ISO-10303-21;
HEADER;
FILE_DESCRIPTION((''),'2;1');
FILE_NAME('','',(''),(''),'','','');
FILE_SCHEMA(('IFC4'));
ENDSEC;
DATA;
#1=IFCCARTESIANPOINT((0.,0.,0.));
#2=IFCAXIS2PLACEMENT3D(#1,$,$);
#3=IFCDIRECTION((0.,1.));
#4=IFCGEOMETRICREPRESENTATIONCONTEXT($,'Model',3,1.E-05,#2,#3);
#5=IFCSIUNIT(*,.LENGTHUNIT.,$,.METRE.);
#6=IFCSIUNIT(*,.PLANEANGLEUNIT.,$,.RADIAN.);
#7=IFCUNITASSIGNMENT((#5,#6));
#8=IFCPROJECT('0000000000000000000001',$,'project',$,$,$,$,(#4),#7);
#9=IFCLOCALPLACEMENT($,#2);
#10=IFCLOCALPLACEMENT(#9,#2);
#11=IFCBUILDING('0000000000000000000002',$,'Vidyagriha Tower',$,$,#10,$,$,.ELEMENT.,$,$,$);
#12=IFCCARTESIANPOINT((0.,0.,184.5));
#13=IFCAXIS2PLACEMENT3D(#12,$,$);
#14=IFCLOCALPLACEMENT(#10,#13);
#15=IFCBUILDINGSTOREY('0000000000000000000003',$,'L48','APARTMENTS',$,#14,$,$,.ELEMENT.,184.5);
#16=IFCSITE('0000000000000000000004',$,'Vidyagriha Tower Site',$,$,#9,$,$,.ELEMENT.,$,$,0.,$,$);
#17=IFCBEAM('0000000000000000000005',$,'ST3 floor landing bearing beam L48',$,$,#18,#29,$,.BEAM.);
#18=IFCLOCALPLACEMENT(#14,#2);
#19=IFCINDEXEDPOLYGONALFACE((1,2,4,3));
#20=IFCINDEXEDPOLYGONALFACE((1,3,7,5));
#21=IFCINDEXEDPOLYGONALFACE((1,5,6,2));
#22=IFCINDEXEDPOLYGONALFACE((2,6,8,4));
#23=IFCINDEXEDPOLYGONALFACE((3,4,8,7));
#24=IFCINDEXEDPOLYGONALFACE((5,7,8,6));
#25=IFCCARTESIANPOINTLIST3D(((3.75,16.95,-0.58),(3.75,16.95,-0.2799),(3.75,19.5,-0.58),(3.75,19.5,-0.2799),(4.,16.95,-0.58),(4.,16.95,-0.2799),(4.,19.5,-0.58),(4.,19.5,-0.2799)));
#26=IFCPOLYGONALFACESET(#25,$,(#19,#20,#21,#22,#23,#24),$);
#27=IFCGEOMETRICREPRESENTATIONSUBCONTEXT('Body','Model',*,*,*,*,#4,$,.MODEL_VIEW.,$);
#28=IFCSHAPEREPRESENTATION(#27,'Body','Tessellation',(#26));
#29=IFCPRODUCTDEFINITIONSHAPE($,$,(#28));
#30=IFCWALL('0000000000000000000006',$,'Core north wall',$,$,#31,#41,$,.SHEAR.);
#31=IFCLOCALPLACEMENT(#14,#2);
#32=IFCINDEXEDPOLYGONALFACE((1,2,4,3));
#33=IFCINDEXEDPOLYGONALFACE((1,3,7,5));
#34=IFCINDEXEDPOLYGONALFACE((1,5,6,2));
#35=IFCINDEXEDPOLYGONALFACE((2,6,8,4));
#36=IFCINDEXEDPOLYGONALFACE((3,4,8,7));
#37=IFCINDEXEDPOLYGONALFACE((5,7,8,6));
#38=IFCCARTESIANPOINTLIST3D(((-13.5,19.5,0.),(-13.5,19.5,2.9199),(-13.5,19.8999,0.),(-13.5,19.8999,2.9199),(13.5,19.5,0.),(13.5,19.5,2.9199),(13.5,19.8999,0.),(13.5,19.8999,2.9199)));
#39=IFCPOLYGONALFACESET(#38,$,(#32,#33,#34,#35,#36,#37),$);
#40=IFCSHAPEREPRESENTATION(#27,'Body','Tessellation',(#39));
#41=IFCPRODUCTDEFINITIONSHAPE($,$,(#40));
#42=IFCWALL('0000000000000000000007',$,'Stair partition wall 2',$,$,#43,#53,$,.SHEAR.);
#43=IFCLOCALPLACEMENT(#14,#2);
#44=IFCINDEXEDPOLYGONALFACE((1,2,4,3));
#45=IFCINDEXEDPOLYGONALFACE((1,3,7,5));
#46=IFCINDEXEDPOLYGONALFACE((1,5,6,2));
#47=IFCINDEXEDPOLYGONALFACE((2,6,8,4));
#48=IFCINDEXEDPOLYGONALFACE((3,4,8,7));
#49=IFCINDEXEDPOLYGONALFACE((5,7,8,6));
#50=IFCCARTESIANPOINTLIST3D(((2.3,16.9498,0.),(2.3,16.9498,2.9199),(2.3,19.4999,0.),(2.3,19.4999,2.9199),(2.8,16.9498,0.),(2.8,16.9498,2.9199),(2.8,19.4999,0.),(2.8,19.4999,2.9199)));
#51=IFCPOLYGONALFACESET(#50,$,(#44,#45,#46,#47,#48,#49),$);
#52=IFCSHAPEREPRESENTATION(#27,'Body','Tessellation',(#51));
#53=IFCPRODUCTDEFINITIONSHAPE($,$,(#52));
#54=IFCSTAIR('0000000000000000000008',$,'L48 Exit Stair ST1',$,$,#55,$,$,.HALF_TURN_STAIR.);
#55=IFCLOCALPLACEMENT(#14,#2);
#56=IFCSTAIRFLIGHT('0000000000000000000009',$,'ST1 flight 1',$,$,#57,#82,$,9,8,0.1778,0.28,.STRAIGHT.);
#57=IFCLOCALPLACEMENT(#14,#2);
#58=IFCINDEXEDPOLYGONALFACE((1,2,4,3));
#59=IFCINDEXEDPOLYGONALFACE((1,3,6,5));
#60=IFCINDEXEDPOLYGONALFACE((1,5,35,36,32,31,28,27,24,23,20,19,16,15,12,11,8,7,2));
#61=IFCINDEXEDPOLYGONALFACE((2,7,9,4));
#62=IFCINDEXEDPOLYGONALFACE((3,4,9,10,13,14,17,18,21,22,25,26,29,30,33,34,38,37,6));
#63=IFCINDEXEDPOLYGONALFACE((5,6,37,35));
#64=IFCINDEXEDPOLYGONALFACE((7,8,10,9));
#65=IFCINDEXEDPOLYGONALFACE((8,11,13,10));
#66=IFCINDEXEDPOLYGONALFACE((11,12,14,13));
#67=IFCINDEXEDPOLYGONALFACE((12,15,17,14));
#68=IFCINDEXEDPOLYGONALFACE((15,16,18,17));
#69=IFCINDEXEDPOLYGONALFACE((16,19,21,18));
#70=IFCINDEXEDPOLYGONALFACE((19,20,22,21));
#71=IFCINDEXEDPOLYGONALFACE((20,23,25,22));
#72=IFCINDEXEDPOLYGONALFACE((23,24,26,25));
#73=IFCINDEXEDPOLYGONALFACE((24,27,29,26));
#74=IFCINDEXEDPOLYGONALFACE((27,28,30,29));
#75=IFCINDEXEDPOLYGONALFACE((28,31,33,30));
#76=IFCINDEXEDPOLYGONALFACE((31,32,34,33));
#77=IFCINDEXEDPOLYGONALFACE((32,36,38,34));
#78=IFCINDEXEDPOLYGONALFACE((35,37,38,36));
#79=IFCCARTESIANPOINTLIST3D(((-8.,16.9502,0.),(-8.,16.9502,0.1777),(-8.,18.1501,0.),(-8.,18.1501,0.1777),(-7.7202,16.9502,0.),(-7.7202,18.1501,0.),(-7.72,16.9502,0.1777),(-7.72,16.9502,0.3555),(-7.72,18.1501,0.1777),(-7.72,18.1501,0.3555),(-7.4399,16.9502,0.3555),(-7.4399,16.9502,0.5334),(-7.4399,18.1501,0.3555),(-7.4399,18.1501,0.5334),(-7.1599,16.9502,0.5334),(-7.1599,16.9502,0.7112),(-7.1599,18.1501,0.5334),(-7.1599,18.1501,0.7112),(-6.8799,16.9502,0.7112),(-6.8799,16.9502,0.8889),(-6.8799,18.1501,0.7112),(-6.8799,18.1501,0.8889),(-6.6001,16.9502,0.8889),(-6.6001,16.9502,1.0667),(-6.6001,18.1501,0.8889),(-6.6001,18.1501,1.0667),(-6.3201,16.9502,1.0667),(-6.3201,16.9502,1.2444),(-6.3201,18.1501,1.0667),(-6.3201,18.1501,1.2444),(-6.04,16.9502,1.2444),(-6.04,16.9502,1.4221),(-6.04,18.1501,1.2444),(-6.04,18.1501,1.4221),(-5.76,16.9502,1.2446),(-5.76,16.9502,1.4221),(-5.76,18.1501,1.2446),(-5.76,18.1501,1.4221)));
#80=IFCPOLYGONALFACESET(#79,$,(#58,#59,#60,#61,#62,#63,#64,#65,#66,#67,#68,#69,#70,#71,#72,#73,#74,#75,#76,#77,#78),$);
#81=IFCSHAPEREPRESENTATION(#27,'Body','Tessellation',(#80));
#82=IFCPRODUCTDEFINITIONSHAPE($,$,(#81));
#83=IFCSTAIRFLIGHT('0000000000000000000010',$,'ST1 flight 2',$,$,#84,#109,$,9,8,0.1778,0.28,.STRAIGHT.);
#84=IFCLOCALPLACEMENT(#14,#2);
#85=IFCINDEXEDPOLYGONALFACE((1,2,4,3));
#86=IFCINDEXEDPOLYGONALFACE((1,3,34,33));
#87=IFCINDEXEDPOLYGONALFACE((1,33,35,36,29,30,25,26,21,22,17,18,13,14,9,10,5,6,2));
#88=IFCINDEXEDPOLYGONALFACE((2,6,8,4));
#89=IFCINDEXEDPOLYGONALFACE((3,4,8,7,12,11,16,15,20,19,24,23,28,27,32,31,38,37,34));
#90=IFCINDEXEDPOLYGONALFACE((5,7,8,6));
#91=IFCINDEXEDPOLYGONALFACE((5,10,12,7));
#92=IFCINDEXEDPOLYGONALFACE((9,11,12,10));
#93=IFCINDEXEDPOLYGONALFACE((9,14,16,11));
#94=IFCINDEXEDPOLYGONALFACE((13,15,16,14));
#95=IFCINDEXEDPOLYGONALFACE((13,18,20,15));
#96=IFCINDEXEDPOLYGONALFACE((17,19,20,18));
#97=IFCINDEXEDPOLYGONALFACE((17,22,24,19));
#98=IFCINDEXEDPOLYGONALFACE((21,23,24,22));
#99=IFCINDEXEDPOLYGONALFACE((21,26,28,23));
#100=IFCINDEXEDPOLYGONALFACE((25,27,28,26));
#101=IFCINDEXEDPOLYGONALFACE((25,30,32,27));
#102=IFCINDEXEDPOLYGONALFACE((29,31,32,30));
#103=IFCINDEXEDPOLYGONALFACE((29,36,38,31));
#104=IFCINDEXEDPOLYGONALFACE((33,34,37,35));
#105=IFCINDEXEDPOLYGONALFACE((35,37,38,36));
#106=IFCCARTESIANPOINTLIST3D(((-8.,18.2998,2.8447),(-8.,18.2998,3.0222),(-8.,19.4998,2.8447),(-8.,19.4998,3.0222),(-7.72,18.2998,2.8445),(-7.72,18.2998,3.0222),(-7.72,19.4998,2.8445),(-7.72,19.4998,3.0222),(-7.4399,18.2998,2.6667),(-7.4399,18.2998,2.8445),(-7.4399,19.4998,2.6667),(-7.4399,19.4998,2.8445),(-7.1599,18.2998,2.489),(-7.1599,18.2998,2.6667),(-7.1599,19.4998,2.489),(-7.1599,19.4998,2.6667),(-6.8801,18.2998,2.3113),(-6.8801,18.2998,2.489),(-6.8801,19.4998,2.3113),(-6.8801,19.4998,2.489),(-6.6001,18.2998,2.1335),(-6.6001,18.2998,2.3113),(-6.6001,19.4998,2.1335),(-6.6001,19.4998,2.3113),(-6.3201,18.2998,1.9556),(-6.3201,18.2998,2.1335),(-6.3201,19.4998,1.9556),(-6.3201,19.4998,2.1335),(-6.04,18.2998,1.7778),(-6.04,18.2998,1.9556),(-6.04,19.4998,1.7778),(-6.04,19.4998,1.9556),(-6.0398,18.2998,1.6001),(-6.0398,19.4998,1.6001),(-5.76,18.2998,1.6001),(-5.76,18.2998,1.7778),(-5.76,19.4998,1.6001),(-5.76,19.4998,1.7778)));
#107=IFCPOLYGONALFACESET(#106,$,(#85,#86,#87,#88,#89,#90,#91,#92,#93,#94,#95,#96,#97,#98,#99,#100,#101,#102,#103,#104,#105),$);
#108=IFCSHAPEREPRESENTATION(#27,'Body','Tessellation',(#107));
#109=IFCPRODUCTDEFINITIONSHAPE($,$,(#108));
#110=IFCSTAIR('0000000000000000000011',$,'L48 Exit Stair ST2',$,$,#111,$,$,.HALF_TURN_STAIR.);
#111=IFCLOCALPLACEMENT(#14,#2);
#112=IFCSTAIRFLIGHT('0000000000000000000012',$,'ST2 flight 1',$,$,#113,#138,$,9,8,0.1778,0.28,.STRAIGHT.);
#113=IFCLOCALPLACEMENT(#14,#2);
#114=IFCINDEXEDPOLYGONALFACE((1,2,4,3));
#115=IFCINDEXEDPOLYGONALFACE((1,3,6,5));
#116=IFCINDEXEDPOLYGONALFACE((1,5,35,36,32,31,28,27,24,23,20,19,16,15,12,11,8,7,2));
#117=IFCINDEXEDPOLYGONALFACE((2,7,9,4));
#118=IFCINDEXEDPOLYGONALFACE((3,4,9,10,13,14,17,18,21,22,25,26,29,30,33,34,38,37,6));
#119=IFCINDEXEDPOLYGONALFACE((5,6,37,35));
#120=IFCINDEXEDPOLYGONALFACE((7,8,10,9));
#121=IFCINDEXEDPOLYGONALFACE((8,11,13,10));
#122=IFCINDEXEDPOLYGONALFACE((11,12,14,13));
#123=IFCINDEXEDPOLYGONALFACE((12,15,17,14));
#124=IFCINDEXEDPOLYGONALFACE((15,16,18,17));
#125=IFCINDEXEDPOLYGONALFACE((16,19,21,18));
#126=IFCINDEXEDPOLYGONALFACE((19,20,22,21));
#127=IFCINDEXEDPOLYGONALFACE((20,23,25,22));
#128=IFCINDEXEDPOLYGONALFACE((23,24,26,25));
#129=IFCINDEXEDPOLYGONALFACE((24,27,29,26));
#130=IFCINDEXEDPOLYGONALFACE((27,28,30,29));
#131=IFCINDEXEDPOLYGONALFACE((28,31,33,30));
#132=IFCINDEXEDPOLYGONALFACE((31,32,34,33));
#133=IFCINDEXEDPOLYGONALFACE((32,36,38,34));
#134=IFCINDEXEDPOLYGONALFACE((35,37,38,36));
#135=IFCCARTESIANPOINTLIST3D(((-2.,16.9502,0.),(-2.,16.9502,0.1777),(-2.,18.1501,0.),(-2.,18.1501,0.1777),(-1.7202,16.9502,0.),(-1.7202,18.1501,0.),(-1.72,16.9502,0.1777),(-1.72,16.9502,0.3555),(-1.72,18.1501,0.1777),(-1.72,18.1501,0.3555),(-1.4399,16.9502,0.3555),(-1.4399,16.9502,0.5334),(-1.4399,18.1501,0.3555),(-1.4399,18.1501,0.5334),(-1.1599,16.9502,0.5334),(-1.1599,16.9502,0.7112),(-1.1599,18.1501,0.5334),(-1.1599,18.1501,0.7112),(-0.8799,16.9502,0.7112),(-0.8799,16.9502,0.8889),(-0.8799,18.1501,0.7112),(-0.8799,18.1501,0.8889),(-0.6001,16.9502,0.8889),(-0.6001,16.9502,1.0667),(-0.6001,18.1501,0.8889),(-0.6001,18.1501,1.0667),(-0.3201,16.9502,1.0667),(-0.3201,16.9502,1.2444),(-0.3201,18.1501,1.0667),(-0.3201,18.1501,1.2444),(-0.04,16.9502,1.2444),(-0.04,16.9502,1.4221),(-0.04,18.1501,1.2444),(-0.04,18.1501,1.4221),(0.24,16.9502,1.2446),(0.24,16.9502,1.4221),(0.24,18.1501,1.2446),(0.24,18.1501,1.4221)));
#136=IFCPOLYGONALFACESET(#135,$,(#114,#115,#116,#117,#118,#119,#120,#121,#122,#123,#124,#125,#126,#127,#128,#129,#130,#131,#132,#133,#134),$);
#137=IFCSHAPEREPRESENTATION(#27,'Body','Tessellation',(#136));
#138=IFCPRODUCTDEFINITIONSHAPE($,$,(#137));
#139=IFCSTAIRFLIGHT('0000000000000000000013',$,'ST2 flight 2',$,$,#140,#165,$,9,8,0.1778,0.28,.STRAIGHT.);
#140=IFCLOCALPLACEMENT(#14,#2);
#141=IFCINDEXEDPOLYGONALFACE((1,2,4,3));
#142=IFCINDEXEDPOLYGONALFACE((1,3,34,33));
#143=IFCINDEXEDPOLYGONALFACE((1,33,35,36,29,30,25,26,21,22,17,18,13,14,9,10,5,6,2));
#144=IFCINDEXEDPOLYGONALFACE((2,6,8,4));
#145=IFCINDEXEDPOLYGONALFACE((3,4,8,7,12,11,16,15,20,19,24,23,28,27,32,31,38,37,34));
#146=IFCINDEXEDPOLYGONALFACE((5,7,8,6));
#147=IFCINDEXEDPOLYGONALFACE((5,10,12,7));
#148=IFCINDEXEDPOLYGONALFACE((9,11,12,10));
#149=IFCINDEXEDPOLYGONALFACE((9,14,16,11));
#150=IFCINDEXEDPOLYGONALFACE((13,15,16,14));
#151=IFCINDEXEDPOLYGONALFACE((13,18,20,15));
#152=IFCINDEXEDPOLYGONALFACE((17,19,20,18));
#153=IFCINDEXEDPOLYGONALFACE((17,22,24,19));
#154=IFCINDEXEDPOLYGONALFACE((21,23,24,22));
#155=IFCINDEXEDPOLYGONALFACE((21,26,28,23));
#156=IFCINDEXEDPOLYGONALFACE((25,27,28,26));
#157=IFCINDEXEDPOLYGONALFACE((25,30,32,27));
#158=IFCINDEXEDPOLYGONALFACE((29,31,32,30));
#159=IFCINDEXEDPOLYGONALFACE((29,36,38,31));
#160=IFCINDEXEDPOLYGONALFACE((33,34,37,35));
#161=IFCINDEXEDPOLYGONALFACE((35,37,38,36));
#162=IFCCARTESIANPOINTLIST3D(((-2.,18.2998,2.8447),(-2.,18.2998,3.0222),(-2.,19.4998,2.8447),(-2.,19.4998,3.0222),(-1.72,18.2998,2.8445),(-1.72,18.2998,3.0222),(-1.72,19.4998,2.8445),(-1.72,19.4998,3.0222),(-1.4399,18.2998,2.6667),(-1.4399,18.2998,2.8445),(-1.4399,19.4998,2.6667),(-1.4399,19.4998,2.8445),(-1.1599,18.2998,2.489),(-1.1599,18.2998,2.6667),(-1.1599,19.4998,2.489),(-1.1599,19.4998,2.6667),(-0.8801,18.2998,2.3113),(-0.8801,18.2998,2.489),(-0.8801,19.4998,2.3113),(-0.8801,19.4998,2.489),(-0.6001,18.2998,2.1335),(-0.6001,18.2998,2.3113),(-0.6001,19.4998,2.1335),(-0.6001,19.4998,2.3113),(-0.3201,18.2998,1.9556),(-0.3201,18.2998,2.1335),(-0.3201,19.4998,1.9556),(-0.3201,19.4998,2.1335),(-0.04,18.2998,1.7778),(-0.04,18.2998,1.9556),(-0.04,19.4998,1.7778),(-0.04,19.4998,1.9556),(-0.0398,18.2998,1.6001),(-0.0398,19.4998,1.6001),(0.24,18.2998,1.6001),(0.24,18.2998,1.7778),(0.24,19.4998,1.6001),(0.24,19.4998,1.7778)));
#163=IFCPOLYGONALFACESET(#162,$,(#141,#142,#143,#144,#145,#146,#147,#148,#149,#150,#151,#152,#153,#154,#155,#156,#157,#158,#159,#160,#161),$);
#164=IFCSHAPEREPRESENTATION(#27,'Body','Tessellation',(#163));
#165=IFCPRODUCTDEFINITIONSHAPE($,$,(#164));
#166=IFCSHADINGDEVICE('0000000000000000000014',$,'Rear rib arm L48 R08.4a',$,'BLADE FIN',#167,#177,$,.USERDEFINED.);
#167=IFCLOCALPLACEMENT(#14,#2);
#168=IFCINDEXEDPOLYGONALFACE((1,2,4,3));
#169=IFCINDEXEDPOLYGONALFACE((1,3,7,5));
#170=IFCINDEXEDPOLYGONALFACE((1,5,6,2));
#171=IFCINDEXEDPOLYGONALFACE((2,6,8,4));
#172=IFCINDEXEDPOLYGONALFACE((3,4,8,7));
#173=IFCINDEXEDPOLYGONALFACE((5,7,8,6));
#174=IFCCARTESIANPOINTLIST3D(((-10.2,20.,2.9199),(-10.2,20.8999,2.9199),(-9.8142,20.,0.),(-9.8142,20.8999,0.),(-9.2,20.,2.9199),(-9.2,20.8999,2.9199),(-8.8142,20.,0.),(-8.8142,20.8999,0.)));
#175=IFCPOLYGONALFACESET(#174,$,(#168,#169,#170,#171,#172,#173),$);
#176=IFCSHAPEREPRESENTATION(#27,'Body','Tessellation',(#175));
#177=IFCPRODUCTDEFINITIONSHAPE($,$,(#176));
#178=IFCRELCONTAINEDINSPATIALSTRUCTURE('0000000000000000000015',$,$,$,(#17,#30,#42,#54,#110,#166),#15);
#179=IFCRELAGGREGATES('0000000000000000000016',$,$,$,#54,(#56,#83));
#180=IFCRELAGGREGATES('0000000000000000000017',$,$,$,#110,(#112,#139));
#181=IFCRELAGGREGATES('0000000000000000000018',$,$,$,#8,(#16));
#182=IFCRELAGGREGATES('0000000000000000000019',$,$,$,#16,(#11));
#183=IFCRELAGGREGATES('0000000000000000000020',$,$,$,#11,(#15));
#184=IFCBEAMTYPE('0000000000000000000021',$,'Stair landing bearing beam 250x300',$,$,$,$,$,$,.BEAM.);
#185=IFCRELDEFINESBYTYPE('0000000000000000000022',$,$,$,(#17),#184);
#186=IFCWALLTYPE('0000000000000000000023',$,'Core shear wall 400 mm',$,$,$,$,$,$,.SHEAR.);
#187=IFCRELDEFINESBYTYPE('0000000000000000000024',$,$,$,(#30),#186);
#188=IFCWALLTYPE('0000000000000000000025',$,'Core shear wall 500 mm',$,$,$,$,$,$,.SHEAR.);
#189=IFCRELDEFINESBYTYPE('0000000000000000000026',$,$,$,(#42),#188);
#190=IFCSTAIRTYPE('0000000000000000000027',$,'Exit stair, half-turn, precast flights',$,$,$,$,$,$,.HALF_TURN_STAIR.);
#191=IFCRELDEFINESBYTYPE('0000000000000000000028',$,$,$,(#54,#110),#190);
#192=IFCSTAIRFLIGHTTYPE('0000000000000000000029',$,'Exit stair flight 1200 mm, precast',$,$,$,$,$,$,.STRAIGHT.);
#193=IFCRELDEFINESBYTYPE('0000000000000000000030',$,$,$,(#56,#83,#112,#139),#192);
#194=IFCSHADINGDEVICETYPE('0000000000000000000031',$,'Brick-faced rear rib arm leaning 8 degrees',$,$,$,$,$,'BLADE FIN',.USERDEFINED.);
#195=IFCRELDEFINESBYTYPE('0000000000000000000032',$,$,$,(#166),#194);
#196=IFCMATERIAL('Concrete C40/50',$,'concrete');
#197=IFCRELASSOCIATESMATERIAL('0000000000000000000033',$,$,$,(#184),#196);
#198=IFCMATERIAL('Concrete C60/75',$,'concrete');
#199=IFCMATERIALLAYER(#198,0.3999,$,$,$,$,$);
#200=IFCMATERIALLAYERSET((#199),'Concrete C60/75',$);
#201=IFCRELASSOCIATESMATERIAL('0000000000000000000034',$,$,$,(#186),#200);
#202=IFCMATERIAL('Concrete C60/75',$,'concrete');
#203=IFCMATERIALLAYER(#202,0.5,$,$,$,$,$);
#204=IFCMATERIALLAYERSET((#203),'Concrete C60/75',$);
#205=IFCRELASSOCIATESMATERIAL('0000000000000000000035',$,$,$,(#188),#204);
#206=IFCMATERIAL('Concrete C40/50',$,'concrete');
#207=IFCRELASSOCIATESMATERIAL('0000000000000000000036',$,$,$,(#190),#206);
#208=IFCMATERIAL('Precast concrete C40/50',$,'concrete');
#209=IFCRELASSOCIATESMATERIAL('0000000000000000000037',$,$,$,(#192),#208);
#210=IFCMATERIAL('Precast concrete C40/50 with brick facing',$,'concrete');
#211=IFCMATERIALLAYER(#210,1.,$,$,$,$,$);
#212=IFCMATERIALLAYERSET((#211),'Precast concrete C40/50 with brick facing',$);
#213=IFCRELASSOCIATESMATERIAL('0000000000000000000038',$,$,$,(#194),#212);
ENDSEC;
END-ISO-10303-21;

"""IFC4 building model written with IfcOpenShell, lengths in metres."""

from ifc_helpers import new_model, si_unit, direction, frame, frame_2d, origin, origin_2d, place, context, subcontext, project, spatial, polyline, rectangle, outline, extrude, material, layer, layer_set, material_profile, profile_set, type_object, element, aggregate, save


model = new_model("IFC4")

# Units and contexts
model_context = context("Model", 3, precision=1e-05, world=origin(), true_north=direction((0.0, 1.0)))
body_context = subcontext(model_context, "Body", "Model", "MODEL_VIEW")
ifc_project = project(units=[si_unit("LENGTHUNIT", "METRE"), si_unit("PLANEANGLEUNIT", "RADIAN")], contexts=[model_context])

# Site, building, storey
site_placement = place(None, origin())
site = spatial("IfcSite", under=ifc_project, at=site_placement, Name="Vidyagriha Tower Site", CompositionType="ELEMENT", RefElevation=0.0)
building_placement = place(site_placement, origin())
building = spatial("IfcBuilding", under=site, at=building_placement, Name="Vidyagriha Tower", CompositionType="ELEMENT")
storey_placement = place(building_placement, frame((0.0, 0.0, 184.5)))
storey = spatial("IfcBuildingStorey", under=building, at=storey_placement, Name="L48", Description="APARTMENTS", CompositionType="ELEMENT", Elevation=184.5)

# Beam
ifc_material_1 = material(Name="Concrete C40/50", Category="concrete")
ifc_material_profile = material_profile(ifc_material_1, rectangle(XDim=0.25, YDim=0.3, at=origin_2d()), Name="Stair landing bearing beam 250x300")
ifc_profile_set = profile_set([ifc_material_profile], Name="Concrete C40/50")
beam_type = type_object("IfcBeamType", Name="Stair landing bearing beam 250x300", PredefinedType="BEAM", material=ifc_profile_set)
beam_placement = place(storey_placement, frame((3.875, 16.95, -0.4299), z_axis=(0.0, 1.0, 0.0), x_axis=(-1.0, 0.0, 0.0)))
element("IfcBeam", 1, at=beam_placement, inside=storey, type_object=beam_type, Name="ST3 floor landing bearing beam L48", PredefinedType="BEAM", context=body_context, shape_type="SweptSolid", body=[
    extrude(rectangle(XDim=0.25, YDim=0.3, at=origin_2d()), origin(), (0.0, 0.0, 1.0), 2.55),
])

# Walls
ifc_material_2 = material(Name="Concrete C60/75", Category="concrete")
ifc_layer_1 = layer(ifc_material_2, 0.3999)
ifc_layer_set_1 = layer_set([ifc_layer_1], Name="Concrete C60/75")
wall_type_1 = type_object("IfcWallType", Name="Core shear wall 400 mm", PredefinedType="SHEAR", material=ifc_layer_set_1)
wall_1_placement = place(storey_placement, frame((-13.5, 19.7, 0.0)))
element("IfcWall", 2, at=wall_1_placement, inside=storey, type_object=wall_type_1, Name="Core north wall", PredefinedType="SHEAR", context=body_context, shape_type="SweptSolid", body=[
    extrude(rectangle(XDim=27.0, YDim=0.3999, at=frame_2d((13.5, 0.0))), origin(), (0.0, 0.0, 1.0), 2.9199),
])
ifc_material_3 = material(Name="Concrete C60/75", Category="concrete")
ifc_layer_2 = layer(ifc_material_3, 0.5)
ifc_layer_set_2 = layer_set([ifc_layer_2], Name="Concrete C60/75")
wall_type_2 = type_object("IfcWallType", Name="Core shear wall 500 mm", PredefinedType="SHEAR", material=ifc_layer_set_2)
wall_2_placement = place(storey_placement, frame((2.55, 16.95, 0.0), z_axis=(0.0, 0.0, 1.0), x_axis=(0.0, 1.0, 0.0)))
element("IfcWall", 3, at=wall_2_placement, inside=storey, type_object=wall_type_2, Name="Stair partition wall 2", PredefinedType="SHEAR", context=body_context, shape_type="SweptSolid", body=[
    extrude(rectangle(XDim=2.55, YDim=0.5, at=frame_2d((1.2749, 0.0))), origin(), (0.0, 0.0, 1.0), 2.9199),
])

# Stairs, stair flights
ifc_material_4 = material(Name="Concrete C40/50", Category="concrete")
stair_type = type_object("IfcStairType", Name="Exit stair, half-turn, precast flights", PredefinedType="HALF_TURN_STAIR", material=ifc_material_4)
stair_1_placement = place(storey_placement, origin())
stair_1 = element("IfcStair", 4, at=stair_1_placement, inside=storey, type_object=stair_type, Name="L48 Exit Stair ST1", PredefinedType="HALF_TURN_STAIR")
ifc_material_5 = material(Name="Precast concrete C40/50", Category="concrete")
stair_flight_type = type_object("IfcStairFlightType", Name="Exit stair flight 1200 mm, precast", PredefinedType="STRAIGHT", material=ifc_material_5)
stair_flight_1_placement = place(storey_placement, frame((-8.0, 17.55, 0.0)))
stair_flight_1 = element("IfcStairFlight", 5, at=stair_flight_1_placement, type_object=stair_flight_type, Name="ST1 flight 1", NumberOfRisers=9, NumberOfTreads=8, PredefinedType="STRAIGHT", RiserHeight=0.1778, TreadLength=0.28, context=body_context, shape_type="SweptSolid", body=[
    extrude(outline(polyline([(0.0, 0.0), (0.0, 0.1777), (0.28, 0.1777), (0.28, 0.3555), (0.5601, 0.3555), (0.5601, 0.5334), (0.8401, 0.5334), (0.8401, 0.7112), (1.1201, 0.7112), (1.1201, 0.8889), (1.3999, 0.8889), (1.3999, 1.0667), (1.6799, 1.0667), (1.6799, 1.2444), (1.96, 1.2444), (1.96, 1.4221), (2.24, 1.4221), (2.24, 1.6001), (2.24, 1.2446), (0.2798, 0.0), (0.0, 0.0)])), frame((0.0, 0.6001, 0.0), z_axis=(0.0, -1.0, 0.0), x_axis=(1.0, 0.0, 0.0)), (0.0, 0.0, 1.0), 1.2),
])
stair_flight_2_placement = place(storey_placement, frame((-5.76, 18.8999, 1.6001), z_axis=(0.0, 0.0, 1.0), x_axis=(-1.0, 0.0, 0.0)))
stair_flight_2 = element("IfcStairFlight", 6, at=stair_flight_2_placement, type_object=stair_flight_type, Name="ST1 flight 2", NumberOfRisers=9, NumberOfTreads=8, PredefinedType="STRAIGHT", RiserHeight=0.1778, TreadLength=0.28, context=body_context, shape_type="SweptSolid", body=[
    extrude(outline(polyline([(0.0, 0.0), (0.0, 0.1777), (0.28, 0.1777), (0.28, 0.3555), (0.5601, 0.3555), (0.5601, 0.5334), (0.8401, 0.5334), (0.8401, 0.7112), (1.1201, 0.7112), (1.1201, 0.8889), (1.3999, 0.8889), (1.3999, 1.0667), (1.6799, 1.0667), (1.6799, 1.2444), (1.96, 1.2444), (1.96, 1.4221), (2.24, 1.4221), (2.24, 1.6001), (2.24, 1.2446), (0.2798, 0.0), (0.0, 0.0)])), frame((0.0, 0.6001, 0.0), z_axis=(0.0, -1.0, 0.0), x_axis=(1.0, 0.0, 0.0)), (0.0, 0.0, 1.0), 1.2),
])
aggregate(stair_1, [stair_flight_1, stair_flight_2])
stair_2_placement = place(storey_placement, origin())
stair_2 = element("IfcStair", 7, at=stair_2_placement, inside=storey, type_object=stair_type, Name="L48 Exit Stair ST2", PredefinedType="HALF_TURN_STAIR")
stair_flight_3_placement = place(storey_placement, frame((-2.0, 17.55, 0.0)))
stair_flight_3 = element("IfcStairFlight", 8, at=stair_flight_3_placement, type_object=stair_flight_type, Name="ST2 flight 1", NumberOfRisers=9, NumberOfTreads=8, PredefinedType="STRAIGHT", RiserHeight=0.1778, TreadLength=0.28, context=body_context, shape_type="SweptSolid", body=[
    extrude(outline(polyline([(0.0, 0.0), (0.0, 0.1777), (0.28, 0.1777), (0.28, 0.3555), (0.5601, 0.3555), (0.5601, 0.5334), (0.8401, 0.5334), (0.8401, 0.7112), (1.1201, 0.7112), (1.1201, 0.8889), (1.3999, 0.8889), (1.3999, 1.0667), (1.6799, 1.0667), (1.6799, 1.2444), (1.96, 1.2444), (1.96, 1.4221), (2.24, 1.4221), (2.24, 1.6001), (2.24, 1.2446), (0.2798, 0.0), (0.0, 0.0)])), frame((0.0, 0.6001, 0.0), z_axis=(0.0, -1.0, 0.0), x_axis=(1.0, 0.0, 0.0)), (0.0, 0.0, 1.0), 1.2),
])
stair_flight_4_placement = place(storey_placement, frame((0.24, 18.8999, 1.6001), z_axis=(0.0, 0.0, 1.0), x_axis=(-1.0, 0.0, 0.0)))
stair_flight_4 = element("IfcStairFlight", 9, at=stair_flight_4_placement, type_object=stair_flight_type, Name="ST2 flight 2", NumberOfRisers=9, NumberOfTreads=8, PredefinedType="STRAIGHT", RiserHeight=0.1778, TreadLength=0.28, context=body_context, shape_type="SweptSolid", body=[
    extrude(outline(polyline([(0.0, 0.0), (0.0, 0.1777), (0.28, 0.1777), (0.28, 0.3555), (0.5601, 0.3555), (0.5601, 0.5334), (0.8401, 0.5334), (0.8401, 0.7112), (1.1201, 0.7112), (1.1201, 0.8889), (1.3999, 0.8889), (1.3999, 1.0667), (1.6799, 1.0667), (1.6799, 1.2444), (1.96, 1.2444), (1.96, 1.4221), (2.24, 1.4221), (2.24, 1.6001), (2.24, 1.2446), (0.2798, 0.0), (0.0, 0.0)])), frame((0.0, 0.6001, 0.0), z_axis=(0.0, -1.0, 0.0), x_axis=(1.0, 0.0, 0.0)), (0.0, 0.0, 1.0), 1.2),
])
aggregate(stair_2, [stair_flight_3, stair_flight_4])

# Shading device
ifc_material_6 = material(Name="Precast concrete C40/50 with brick facing", Category="concrete")
ifc_layer_3 = layer(ifc_material_6, 1.0)
ifc_layer_set_3 = layer_set([ifc_layer_3], Name="Precast concrete C40/50 with brick facing")
shading_device_type_1 = type_object("IfcShadingDeviceType", Name="Brick-faced rear rib arm leaning 8 degrees", ElementType="BLADE FIN", PredefinedType="USERDEFINED", material=ifc_layer_set_3)
shading_device_1_placement = place(storey_placement, frame((-8.8142, 20.45, 0.0), z_axis=(0.0, 0.0, 1.0), x_axis=(-1.0, 0.0, 0.0)))
element("IfcShadingDevice", 10, at=shading_device_1_placement, inside=storey, type_object=shading_device_type_1, Name="Rear rib arm L48 R08.4a", ObjectType="BLADE FIN", PredefinedType="USERDEFINED", context=body_context, shape_type="SweptSolid", body=[
    extrude(outline(polyline([(0.0, 0.0), (1.0, 0.0), (1.3857, 2.9199), (0.3857, 2.9199), (0.0, 0.0)])), frame((0.0, 0.45, 0.0), z_axis=(0.0, -1.0, 0.0), x_axis=(1.0, 0.0, 0.0)), (0.0, 0.0, 1.0), 0.8999),
])

save(model, "model.ifc")
